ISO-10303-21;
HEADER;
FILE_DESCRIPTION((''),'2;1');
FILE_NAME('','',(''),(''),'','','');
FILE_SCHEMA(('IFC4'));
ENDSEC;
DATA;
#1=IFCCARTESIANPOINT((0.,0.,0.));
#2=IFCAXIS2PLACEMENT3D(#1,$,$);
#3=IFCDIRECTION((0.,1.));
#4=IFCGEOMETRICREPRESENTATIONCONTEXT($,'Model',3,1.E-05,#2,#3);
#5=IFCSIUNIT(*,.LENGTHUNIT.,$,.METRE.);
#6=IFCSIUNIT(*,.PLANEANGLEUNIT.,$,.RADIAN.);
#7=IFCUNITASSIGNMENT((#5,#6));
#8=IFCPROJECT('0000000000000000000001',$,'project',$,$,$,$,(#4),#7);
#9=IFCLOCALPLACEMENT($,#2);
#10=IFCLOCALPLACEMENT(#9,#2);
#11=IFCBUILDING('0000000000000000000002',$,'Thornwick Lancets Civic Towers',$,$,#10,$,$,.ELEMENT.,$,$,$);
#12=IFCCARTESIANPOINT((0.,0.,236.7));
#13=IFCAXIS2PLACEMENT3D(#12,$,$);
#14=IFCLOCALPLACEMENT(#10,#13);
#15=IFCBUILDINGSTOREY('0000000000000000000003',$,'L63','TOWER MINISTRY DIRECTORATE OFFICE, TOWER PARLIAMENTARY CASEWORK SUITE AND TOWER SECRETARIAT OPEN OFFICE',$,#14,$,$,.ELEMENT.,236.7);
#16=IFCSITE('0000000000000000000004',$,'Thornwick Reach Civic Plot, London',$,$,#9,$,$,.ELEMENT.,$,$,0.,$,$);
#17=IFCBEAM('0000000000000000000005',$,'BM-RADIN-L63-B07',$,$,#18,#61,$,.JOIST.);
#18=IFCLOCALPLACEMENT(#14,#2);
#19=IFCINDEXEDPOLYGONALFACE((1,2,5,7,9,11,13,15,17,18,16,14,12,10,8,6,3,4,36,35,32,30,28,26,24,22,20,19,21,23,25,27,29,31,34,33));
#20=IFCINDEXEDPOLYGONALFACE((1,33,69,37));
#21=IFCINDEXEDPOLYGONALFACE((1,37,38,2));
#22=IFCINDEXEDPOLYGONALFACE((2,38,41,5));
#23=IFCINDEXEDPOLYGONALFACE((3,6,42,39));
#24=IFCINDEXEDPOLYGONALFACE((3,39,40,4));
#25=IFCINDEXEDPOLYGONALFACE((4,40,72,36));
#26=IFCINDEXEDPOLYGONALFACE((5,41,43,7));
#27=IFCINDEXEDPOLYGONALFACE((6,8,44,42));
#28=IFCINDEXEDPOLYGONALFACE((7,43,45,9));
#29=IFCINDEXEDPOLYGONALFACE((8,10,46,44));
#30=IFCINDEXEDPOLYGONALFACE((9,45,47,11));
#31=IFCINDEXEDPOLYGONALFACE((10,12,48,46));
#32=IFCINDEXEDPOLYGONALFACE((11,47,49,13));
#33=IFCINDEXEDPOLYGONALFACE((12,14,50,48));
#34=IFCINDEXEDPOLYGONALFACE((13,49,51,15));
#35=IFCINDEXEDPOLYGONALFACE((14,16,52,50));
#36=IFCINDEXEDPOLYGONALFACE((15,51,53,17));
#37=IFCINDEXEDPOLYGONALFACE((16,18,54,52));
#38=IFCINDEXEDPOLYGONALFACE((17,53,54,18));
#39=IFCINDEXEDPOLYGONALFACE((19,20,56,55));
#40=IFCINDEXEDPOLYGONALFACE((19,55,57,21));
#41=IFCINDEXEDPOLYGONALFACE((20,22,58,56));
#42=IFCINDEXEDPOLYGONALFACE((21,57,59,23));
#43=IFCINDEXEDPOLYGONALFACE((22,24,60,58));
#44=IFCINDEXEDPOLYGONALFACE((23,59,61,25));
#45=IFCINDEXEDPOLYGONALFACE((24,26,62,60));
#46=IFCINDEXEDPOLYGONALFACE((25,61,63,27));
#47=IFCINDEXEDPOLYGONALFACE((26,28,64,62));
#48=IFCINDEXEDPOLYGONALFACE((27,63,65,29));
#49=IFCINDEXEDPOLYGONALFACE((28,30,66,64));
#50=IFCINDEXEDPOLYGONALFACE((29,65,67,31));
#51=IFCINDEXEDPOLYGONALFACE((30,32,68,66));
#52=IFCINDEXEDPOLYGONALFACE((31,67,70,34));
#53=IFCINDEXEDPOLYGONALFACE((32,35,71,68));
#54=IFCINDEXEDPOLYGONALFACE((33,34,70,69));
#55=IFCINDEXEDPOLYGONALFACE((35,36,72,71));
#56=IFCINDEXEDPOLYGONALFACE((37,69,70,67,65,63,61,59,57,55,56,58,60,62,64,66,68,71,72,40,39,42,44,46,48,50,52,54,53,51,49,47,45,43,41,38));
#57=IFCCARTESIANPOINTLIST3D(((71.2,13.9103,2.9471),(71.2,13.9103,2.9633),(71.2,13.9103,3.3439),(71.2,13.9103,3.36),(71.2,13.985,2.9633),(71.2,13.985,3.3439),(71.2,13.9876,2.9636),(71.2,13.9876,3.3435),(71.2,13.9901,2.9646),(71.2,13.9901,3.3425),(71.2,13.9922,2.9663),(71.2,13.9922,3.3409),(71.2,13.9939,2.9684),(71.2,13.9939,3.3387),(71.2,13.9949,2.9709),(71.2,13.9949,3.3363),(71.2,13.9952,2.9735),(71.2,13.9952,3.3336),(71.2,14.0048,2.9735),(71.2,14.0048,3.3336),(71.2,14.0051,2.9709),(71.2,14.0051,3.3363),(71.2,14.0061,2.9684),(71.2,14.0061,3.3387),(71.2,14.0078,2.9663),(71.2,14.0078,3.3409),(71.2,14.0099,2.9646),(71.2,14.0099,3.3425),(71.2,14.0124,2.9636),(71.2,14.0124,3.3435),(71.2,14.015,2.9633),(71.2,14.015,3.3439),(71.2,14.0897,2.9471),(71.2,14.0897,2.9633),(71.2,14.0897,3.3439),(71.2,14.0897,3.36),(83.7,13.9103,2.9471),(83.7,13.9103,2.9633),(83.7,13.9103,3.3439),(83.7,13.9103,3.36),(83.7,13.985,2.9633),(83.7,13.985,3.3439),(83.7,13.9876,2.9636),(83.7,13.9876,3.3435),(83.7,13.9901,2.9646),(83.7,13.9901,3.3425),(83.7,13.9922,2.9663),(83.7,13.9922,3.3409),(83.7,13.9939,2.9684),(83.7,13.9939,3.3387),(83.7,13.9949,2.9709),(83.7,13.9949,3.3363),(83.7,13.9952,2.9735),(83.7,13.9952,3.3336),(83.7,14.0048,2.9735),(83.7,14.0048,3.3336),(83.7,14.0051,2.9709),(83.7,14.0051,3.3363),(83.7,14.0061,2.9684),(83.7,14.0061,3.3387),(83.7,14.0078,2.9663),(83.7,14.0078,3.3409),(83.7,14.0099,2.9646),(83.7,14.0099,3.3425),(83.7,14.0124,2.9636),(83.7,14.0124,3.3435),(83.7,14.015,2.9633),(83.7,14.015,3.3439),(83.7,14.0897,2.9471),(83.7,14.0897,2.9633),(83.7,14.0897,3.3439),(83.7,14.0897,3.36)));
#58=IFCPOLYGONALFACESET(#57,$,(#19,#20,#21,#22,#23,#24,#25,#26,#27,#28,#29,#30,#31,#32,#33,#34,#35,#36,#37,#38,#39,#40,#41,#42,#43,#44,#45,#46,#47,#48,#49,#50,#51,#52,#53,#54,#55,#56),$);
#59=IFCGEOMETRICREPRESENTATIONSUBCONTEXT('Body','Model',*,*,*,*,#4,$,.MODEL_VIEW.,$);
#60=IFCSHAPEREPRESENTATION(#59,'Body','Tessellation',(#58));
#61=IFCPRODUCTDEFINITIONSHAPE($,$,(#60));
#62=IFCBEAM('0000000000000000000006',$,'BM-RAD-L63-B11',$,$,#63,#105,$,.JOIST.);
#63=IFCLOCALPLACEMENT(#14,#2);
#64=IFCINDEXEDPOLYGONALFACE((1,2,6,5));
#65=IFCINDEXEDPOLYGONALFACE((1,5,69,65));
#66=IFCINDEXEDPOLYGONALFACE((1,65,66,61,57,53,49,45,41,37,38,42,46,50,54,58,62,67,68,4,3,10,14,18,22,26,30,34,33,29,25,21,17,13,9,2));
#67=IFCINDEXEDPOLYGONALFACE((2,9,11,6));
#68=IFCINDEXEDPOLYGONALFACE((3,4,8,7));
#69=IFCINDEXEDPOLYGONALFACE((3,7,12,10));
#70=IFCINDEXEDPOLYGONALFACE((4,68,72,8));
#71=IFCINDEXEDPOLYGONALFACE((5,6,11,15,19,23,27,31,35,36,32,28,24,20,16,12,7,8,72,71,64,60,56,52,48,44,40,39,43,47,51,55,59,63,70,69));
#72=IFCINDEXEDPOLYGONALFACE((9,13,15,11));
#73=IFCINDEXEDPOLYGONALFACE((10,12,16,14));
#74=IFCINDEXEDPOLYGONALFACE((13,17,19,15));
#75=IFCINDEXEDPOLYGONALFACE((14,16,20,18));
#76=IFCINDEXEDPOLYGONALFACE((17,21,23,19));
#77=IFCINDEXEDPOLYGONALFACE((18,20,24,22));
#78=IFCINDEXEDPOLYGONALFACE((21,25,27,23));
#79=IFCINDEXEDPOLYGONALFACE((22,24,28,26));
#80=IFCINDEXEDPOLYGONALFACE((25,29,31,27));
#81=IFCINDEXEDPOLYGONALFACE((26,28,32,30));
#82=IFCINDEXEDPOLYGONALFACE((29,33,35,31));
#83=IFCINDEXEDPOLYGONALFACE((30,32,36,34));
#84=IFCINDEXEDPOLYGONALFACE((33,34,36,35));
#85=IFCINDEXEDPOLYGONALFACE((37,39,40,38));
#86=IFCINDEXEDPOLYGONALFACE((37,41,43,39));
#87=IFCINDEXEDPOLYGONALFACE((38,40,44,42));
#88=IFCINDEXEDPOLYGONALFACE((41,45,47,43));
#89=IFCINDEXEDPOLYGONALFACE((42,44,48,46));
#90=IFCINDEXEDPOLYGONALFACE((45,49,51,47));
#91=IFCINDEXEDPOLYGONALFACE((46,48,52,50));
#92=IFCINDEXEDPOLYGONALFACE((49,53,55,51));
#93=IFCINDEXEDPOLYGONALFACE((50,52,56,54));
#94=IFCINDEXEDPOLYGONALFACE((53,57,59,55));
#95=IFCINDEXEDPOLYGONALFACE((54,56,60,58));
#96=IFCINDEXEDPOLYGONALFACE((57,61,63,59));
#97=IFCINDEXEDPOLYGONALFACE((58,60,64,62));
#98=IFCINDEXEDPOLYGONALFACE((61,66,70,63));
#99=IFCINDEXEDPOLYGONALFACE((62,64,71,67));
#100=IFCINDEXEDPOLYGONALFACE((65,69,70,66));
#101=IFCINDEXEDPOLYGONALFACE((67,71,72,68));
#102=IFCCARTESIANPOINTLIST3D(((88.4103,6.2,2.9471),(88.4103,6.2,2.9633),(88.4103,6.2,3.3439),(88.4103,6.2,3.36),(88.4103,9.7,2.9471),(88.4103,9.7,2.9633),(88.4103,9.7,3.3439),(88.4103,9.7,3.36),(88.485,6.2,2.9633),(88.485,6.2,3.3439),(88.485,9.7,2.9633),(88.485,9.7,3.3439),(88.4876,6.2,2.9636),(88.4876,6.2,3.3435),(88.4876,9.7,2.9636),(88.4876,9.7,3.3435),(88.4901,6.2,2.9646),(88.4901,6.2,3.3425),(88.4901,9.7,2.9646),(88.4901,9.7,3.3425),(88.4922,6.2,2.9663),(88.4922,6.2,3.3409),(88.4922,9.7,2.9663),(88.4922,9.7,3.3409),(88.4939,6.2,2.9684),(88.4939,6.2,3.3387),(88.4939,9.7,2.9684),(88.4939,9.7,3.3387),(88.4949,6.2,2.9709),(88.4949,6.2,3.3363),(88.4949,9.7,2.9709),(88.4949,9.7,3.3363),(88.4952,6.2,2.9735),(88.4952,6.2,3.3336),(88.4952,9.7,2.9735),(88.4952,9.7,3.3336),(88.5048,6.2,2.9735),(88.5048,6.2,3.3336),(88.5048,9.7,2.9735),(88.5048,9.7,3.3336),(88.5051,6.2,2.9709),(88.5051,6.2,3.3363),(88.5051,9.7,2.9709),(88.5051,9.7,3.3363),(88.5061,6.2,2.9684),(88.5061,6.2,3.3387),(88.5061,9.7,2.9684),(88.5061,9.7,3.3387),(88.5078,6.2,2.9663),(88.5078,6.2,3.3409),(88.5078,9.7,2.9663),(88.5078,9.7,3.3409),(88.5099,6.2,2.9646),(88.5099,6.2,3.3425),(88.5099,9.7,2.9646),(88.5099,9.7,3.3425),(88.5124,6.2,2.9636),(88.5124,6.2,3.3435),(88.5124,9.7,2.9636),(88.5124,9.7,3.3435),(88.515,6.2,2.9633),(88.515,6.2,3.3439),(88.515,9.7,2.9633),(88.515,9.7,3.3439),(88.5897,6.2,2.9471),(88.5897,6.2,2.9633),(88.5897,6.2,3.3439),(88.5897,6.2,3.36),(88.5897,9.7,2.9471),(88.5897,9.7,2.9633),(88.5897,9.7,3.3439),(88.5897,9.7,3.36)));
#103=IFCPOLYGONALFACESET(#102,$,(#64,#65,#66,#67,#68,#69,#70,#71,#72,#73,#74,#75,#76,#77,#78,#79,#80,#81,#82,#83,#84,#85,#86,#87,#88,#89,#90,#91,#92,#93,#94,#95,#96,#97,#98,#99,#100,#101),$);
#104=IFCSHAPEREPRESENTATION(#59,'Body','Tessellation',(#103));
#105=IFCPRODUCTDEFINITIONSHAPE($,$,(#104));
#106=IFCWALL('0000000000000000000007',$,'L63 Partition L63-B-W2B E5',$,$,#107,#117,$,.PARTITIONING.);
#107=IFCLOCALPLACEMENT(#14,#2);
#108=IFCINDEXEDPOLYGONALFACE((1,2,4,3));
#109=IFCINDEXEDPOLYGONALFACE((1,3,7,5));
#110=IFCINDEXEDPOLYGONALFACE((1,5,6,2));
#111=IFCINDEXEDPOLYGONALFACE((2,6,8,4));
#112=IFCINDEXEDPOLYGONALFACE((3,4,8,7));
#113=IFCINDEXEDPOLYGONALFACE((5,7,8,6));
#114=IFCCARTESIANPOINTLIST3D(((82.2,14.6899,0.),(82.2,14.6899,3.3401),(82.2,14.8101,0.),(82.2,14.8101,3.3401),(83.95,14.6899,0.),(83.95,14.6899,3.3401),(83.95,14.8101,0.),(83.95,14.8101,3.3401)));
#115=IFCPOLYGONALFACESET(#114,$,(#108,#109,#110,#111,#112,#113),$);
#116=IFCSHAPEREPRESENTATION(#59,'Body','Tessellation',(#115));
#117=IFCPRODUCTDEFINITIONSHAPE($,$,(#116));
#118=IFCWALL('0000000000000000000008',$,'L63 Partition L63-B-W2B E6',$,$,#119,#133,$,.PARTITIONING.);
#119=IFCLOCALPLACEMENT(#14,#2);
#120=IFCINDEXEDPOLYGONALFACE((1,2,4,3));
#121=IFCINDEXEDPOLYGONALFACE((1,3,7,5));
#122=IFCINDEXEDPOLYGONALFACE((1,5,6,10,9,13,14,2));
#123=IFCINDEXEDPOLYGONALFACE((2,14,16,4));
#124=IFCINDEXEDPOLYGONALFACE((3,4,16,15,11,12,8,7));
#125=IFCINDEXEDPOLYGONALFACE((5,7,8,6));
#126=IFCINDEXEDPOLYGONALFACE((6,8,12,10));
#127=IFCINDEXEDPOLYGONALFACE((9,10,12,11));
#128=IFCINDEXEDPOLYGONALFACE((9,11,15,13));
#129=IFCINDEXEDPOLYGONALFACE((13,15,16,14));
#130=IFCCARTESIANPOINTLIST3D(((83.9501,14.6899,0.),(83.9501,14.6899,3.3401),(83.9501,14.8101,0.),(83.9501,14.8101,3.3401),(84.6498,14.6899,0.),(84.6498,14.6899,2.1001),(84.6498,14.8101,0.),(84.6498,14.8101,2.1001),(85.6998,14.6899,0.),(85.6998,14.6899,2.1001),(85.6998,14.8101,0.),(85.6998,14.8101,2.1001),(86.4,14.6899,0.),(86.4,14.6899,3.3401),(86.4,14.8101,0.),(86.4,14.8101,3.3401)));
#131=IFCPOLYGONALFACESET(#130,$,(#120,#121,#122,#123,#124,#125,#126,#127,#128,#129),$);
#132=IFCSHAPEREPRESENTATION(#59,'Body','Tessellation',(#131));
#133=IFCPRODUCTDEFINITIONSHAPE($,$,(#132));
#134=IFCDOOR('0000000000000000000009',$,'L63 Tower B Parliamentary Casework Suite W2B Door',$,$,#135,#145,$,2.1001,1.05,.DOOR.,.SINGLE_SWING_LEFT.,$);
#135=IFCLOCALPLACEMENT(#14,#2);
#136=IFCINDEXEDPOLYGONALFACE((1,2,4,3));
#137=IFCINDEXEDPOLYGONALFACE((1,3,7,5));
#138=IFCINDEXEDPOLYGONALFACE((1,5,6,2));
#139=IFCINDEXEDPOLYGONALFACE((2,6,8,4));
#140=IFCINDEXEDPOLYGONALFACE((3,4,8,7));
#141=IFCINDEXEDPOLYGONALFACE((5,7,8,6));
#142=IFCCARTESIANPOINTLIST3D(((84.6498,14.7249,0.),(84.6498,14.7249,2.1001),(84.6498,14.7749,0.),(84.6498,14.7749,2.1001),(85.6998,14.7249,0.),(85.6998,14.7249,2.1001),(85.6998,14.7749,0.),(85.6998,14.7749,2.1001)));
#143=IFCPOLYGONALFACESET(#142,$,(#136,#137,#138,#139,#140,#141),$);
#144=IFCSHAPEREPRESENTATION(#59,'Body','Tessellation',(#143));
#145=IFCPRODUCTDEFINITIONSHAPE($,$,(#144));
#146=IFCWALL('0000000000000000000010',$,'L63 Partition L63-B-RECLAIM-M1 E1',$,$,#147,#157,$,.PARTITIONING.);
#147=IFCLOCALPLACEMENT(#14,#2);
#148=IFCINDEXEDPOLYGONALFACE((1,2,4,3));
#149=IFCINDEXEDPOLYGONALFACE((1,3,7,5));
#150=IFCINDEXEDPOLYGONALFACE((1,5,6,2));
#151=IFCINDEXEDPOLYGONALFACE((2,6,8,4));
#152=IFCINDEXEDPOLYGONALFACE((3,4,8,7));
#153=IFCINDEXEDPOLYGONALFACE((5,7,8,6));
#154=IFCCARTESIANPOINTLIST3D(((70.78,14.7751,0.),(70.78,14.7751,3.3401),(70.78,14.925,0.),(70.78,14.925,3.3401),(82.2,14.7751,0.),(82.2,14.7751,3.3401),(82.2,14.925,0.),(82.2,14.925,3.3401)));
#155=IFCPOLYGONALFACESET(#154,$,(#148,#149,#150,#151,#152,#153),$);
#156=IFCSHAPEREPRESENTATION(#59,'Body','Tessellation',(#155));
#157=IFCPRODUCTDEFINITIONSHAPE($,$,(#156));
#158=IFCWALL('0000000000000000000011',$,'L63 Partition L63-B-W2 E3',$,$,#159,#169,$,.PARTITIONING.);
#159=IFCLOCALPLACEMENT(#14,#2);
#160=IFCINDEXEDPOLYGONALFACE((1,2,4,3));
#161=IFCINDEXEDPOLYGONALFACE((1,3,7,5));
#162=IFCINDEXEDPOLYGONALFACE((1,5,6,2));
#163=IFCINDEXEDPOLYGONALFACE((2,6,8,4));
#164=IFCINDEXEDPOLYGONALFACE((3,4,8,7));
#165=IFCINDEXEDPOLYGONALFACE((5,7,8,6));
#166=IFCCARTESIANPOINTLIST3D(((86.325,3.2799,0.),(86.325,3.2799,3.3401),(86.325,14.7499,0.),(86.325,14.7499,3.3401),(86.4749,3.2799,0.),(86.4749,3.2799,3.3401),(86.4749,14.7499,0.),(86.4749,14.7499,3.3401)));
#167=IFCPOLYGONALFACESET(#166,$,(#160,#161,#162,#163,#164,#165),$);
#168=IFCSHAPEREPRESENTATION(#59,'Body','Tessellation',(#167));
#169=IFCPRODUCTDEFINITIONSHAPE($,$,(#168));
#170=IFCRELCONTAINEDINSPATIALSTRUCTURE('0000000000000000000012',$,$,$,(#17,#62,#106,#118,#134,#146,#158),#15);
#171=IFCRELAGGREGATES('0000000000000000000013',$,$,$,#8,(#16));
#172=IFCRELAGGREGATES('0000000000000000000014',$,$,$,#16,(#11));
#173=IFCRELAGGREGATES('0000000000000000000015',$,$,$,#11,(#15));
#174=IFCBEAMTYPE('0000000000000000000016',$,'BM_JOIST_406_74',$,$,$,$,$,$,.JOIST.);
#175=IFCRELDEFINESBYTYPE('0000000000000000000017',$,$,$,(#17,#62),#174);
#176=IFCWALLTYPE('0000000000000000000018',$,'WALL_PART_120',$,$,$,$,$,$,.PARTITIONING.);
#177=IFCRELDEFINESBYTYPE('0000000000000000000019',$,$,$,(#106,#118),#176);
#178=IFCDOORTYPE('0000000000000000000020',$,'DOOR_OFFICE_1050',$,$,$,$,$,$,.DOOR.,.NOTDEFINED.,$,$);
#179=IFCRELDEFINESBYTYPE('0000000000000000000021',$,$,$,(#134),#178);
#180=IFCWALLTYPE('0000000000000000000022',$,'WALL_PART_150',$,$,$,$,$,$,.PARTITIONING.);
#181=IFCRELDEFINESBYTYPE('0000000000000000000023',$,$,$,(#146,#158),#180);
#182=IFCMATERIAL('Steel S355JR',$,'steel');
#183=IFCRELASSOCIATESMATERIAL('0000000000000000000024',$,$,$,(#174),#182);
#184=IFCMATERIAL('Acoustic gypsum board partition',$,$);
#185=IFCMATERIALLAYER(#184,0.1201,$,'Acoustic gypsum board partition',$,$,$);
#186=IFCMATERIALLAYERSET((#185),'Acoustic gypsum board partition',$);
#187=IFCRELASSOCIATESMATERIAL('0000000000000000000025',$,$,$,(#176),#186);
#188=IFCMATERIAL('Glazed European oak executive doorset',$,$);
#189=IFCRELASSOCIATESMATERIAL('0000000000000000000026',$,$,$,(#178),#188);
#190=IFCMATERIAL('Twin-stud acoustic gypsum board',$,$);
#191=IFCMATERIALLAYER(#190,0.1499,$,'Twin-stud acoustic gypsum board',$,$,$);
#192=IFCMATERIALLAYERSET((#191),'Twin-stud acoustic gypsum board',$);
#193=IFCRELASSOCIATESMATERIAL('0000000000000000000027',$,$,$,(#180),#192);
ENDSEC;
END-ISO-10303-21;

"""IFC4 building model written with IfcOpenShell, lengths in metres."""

from ifc_helpers import new_model, si_unit, direction, frame, frame_2d, origin, origin_2d, place, context, subcontext, project, spatial, rectangle, i_section, extrude, material, layer, layer_set, material_profile, profile_set, type_object, element, fill, save


model = new_model("IFC4")

# Units and contexts
model_context = context("Model", 3, precision=1e-05, world=origin(), true_north=direction((0.0, 1.0)))
body_context = subcontext(model_context, "Body", "Model", "MODEL_VIEW")
ifc_project = project(units=[si_unit("LENGTHUNIT", "METRE"), si_unit("PLANEANGLEUNIT", "RADIAN")], contexts=[model_context])

# Site, building, storey
site_placement = place(None, origin())
site = spatial("IfcSite", under=ifc_project, at=site_placement, Name="Thornwick Reach Civic Plot, London", CompositionType="ELEMENT", RefElevation=0.0)
building_placement = place(site_placement, origin())
building = spatial("IfcBuilding", under=site, at=building_placement, Name="Thornwick Lancets Civic Towers", CompositionType="ELEMENT")
storey_placement = place(building_placement, frame((0.0, 0.0, 236.7)))
storey = spatial("IfcBuildingStorey", under=building, at=storey_placement, Name="L63", Description="TOWER MINISTRY DIRECTORATE OFFICE, TOWER PARLIAMENTARY CASEWORK SUITE AND TOWER SECRETARIAT OPEN OFFICE", CompositionType="ELEMENT", Elevation=236.7)

# Shared definitions
ifc_material_1 = material(Name="Steel S355JR", Category="steel")

# Beams
ifc_material_profile_1 = material_profile(ifc_material_1, i_section(OverallWidth=0.1794, OverallDepth=0.4128, WebThickness=0.0095, FlangeThickness=0.0161, FilletRadius=0.0103, at=origin_2d()), Name="UKB 406x178x74")
ifc_profile_set_1 = profile_set([ifc_material_profile_1], Name="Steel S355JR")
beam_type_1 = type_object("IfcBeamType", Name="BM_JOIST_406_74", PredefinedType="JOIST", material=ifc_profile_set_1)
beam_1_placement = place(storey_placement, frame((83.7, 14.0, 3.1536), z_axis=(-1.0, 0.0, 0.0), x_axis=(0.0, -1.0, 0.0)))
element("IfcBeam", 1, at=beam_1_placement, inside=storey, type_object=beam_type_1, Name="BM-RADIN-L63-B07", PredefinedType="JOIST", context=body_context, shape_type="SweptSolid", body=[
    extrude(i_section(OverallWidth=0.1794, OverallDepth=0.4128, WebThickness=0.0095, FlangeThickness=0.0161, FilletRadius=0.0103, at=origin_2d()), origin(), (0.0, 0.0, 1.0), 12.5),
])
beam_2_placement = place(storey_placement, frame((88.5, 9.7, 3.1536), z_axis=(0.0, -1.0, 0.0), x_axis=(1.0, 0.0, 0.0)))
element("IfcBeam", 2, at=beam_2_placement, inside=storey, type_object=beam_type_1, Name="BM-RAD-L63-B11", PredefinedType="JOIST", context=body_context, shape_type="SweptSolid", body=[
    extrude(i_section(OverallWidth=0.1794, OverallDepth=0.4128, WebThickness=0.0095, FlangeThickness=0.0161, FilletRadius=0.0103, at=origin_2d()), origin(), (0.0, 0.0, 1.0), 3.5),
])

# Wall
ifc_material_2 = material(Name="Acoustic gypsum board partition")
ifc_layer_1 = layer(ifc_material_2, 0.1201, Name="Acoustic gypsum board partition")
ifc_layer_set_1 = layer_set([ifc_layer_1], Name="Acoustic gypsum board partition")
wall_type_1 = type_object("IfcWallType", Name="WALL_PART_120", PredefinedType="PARTITIONING", material=ifc_layer_set_1)
wall_1_placement = place(storey_placement, frame((82.2, 14.75, 0.0), z_axis=(0.0, 0.0, 1.0), x_axis=(1.0, 0.0, 0.0)))
element("IfcWall", 3, at=wall_1_placement, inside=storey, type_object=wall_type_1, Name="L63 Partition L63-B-W2B E5", PredefinedType="PARTITIONING", context=body_context, shape_type="SweptSolid", body=[
    extrude(rectangle(XDim=1.75, YDim=0.1201, at=frame_2d((0.875, 0.0))), origin(), (0.0, 0.0, 1.0), 3.3401),
])

# Wall, opening, door
wall_2_placement = place(storey_placement, frame((83.95, 14.75, 0.0), z_axis=(0.0, 0.0, 1.0), x_axis=(1.0, 0.0, 0.0)))
wall_2 = element("IfcWall", 4, at=wall_2_placement, inside=storey, type_object=wall_type_1, Name="L63 Partition L63-B-W2B E6", PredefinedType="PARTITIONING", context=body_context, shape_type="SweptSolid", body=[
    extrude(rectangle(XDim=2.45, YDim=0.1201, at=frame_2d((1.2251, 0.0))), origin(), (0.0, 0.0, 1.0), 3.3401),
])
opening_1_placement = place(wall_2_placement, frame((0.7, 0.0, 0.0)))
opening_1 = element("IfcOpeningElement", 5, at=opening_1_placement, cuts=wall_2, PredefinedType="OPENING", context=body_context, shape_type="SweptSolid", body=[
    extrude(rectangle(XDim=1.05, YDim=2.1001, at=frame_2d((0.5249, 1.05))), frame((0.0, 0.0701, 0.0), z_axis=(0.0, -1.0, 0.0), x_axis=(1.0, 0.0, 0.0)), (0.0, 0.0, 1.0), 0.1401),
])
ifc_material_3 = material(Name="Glazed European oak executive doorset")
door_type_1 = type_object("IfcDoorType", Name="DOOR_OFFICE_1050", OperationType="NOTDEFINED", PredefinedType="DOOR", material=ifc_material_3)
door_1_placement = place(opening_1_placement, origin())
door_1 = element("IfcDoor", 6, at=door_1_placement, inside=storey, type_object=door_type_1, Name="L63 Tower B Parliamentary Casework Suite W2B Door", OperationType="SINGLE_SWING_LEFT", OverallHeight=2.1001, OverallWidth=1.05, PredefinedType="DOOR", context=body_context, shape_type="SweptSolid", body=[
    extrude(rectangle(XDim=1.05, YDim=2.1001, at=frame_2d((0.5249, 1.05))), frame((0.0, 0.0249, 0.0), z_axis=(0.0, -1.0, 0.0), x_axis=(1.0, 0.0, 0.0)), (0.0, 0.0, 1.0), 0.05),
])
fill(opening_1, door_1)

# Walls
ifc_material_4 = material(Name="Twin-stud acoustic gypsum board")
ifc_layer_2 = layer(ifc_material_4, 0.1499, Name="Twin-stud acoustic gypsum board")
ifc_layer_set_2 = layer_set([ifc_layer_2], Name="Twin-stud acoustic gypsum board")
wall_type_2 = type_object("IfcWallType", Name="WALL_PART_150", PredefinedType="PARTITIONING", material=ifc_layer_set_2)
wall_3_placement = place(storey_placement, frame((82.2, 14.8501, 0.0), z_axis=(0.0, 0.0, 1.0), x_axis=(-1.0, 0.0, 0.0)))
element("IfcWall", 7, at=wall_3_placement, inside=storey, type_object=wall_type_2, Name="L63 Partition L63-B-RECLAIM-M1 E1", PredefinedType="PARTITIONING", context=body_context, shape_type="SweptSolid", body=[
    extrude(rectangle(XDim=11.4199, YDim=0.1499, at=frame_2d((5.71, 0.0))), origin(), (0.0, 0.0, 1.0), 3.3401),
])
wall_4_placement = place(storey_placement, frame((86.3999, 3.28, 0.0), z_axis=(0.0, 0.0, 1.0), x_axis=(0.0, 1.0, 0.0)))
element("IfcWall", 8, at=wall_4_placement, inside=storey, type_object=wall_type_2, Name="L63 Partition L63-B-W2 E3", PredefinedType="PARTITIONING", context=body_context, shape_type="SweptSolid", body=[
    extrude(rectangle(XDim=11.47, YDim=0.1499, at=frame_2d((5.7349, 0.0))), origin(), (0.0, 0.0, 1.0), 3.3401),
])

save(model, "model.ifc")
